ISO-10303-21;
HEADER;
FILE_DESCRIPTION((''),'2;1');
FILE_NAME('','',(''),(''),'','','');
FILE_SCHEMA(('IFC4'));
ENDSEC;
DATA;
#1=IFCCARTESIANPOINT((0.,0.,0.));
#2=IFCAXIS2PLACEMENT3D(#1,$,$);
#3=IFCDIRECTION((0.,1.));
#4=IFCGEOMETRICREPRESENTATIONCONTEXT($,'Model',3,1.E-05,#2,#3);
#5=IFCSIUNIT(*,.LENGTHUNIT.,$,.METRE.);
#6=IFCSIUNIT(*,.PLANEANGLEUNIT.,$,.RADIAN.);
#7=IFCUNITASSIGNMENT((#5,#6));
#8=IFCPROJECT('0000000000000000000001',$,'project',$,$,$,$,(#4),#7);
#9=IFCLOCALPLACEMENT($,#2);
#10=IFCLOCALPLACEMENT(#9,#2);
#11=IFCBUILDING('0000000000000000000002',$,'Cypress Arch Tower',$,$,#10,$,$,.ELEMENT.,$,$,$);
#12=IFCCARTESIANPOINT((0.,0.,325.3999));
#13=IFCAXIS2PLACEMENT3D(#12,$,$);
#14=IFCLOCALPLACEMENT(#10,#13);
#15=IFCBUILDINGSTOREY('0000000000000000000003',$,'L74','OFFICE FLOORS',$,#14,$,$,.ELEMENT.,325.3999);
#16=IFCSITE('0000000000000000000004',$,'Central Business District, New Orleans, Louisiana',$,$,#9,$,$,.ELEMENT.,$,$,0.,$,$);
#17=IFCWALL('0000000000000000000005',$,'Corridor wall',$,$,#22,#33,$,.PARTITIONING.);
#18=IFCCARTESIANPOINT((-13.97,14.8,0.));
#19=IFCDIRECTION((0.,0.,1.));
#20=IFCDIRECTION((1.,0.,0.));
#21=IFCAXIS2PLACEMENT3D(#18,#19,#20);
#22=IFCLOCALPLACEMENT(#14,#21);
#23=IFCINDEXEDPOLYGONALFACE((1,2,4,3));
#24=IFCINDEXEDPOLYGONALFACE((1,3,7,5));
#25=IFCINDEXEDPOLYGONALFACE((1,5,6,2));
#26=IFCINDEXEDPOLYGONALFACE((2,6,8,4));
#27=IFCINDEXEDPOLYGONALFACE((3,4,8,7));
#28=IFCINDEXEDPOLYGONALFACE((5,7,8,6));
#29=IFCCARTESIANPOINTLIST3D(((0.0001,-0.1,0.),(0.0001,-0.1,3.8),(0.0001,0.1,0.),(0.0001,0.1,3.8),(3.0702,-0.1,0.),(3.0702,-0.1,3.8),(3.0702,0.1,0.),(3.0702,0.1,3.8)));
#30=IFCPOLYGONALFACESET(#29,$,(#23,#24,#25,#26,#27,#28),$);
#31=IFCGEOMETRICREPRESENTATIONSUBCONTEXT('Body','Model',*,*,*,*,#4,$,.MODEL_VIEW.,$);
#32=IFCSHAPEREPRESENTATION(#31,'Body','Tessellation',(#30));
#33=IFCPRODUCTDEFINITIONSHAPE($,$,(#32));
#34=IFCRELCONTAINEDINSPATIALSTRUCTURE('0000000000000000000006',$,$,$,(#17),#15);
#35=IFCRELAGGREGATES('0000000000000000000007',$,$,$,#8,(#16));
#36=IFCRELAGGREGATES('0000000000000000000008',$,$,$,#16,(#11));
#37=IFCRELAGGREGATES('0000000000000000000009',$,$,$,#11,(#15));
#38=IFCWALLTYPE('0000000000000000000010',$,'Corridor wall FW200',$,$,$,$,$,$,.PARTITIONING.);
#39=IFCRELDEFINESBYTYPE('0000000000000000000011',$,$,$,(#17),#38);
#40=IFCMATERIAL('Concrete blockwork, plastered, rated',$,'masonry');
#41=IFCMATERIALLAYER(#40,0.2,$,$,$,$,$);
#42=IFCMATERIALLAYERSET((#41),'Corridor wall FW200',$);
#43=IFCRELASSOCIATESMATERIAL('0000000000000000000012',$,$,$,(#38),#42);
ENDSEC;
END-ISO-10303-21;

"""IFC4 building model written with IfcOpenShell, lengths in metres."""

from ifc_helpers import new_model, si_unit, direction, frame, frame_2d, origin, place, context, subcontext, project, spatial, rectangle, extrude, material, layer, layer_set, type_object, element, save


model = new_model("IFC4")

# Units and contexts
model_context = context("Model", 3, precision=1e-05, world=origin(), true_north=direction((0.0, 1.0)))
body_context = subcontext(model_context, "Body", "Model", "MODEL_VIEW")
ifc_project = project(units=[si_unit("LENGTHUNIT", "METRE"), si_unit("PLANEANGLEUNIT", "RADIAN")], contexts=[model_context])

# Site, building, storey
site_placement = place(None, origin())
site = spatial("IfcSite", under=ifc_project, at=site_placement, Name="Central Business District, New Orleans, Louisiana", CompositionType="ELEMENT", RefElevation=0.0)
building_placement = place(site_placement, origin())
building = spatial("IfcBuilding", under=site, at=building_placement, Name="Cypress Arch Tower", CompositionType="ELEMENT")
storey_placement = place(building_placement, frame((0.0, 0.0, 325.3999)))
storey = spatial("IfcBuildingStorey", under=building, at=storey_placement, Name="L74", Description="OFFICE FLOORS", CompositionType="ELEMENT", Elevation=325.3999)

# Wall
ifc_material_1 = material(Name="Concrete blockwork, plastered, rated", Category="masonry")
ifc_layer_1 = layer(ifc_material_1, 0.2)
ifc_layer_set_1 = layer_set([ifc_layer_1], Name="Corridor wall FW200")
wall_type_1 = type_object("IfcWallType", Name="Corridor wall FW200", PredefinedType="PARTITIONING", material=ifc_layer_set_1)
wall_1_placement = place(storey_placement, frame((-13.97, 14.8, 0.0), z_axis=(0.0, 0.0, 1.0), x_axis=(1.0, 0.0, 0.0)))
element("IfcWall", 1, at=wall_1_placement, inside=storey, type_object=wall_type_1, Name="Corridor wall", PredefinedType="PARTITIONING", context=body_context, shape_type="SweptSolid", body=[
    extrude(rectangle(XDim=3.0701, YDim=0.2, at=frame_2d((1.5352, 0.0))), origin(), (0.0, 0.0, 1.0), 3.8),
])

save(model, "model.ifc")
